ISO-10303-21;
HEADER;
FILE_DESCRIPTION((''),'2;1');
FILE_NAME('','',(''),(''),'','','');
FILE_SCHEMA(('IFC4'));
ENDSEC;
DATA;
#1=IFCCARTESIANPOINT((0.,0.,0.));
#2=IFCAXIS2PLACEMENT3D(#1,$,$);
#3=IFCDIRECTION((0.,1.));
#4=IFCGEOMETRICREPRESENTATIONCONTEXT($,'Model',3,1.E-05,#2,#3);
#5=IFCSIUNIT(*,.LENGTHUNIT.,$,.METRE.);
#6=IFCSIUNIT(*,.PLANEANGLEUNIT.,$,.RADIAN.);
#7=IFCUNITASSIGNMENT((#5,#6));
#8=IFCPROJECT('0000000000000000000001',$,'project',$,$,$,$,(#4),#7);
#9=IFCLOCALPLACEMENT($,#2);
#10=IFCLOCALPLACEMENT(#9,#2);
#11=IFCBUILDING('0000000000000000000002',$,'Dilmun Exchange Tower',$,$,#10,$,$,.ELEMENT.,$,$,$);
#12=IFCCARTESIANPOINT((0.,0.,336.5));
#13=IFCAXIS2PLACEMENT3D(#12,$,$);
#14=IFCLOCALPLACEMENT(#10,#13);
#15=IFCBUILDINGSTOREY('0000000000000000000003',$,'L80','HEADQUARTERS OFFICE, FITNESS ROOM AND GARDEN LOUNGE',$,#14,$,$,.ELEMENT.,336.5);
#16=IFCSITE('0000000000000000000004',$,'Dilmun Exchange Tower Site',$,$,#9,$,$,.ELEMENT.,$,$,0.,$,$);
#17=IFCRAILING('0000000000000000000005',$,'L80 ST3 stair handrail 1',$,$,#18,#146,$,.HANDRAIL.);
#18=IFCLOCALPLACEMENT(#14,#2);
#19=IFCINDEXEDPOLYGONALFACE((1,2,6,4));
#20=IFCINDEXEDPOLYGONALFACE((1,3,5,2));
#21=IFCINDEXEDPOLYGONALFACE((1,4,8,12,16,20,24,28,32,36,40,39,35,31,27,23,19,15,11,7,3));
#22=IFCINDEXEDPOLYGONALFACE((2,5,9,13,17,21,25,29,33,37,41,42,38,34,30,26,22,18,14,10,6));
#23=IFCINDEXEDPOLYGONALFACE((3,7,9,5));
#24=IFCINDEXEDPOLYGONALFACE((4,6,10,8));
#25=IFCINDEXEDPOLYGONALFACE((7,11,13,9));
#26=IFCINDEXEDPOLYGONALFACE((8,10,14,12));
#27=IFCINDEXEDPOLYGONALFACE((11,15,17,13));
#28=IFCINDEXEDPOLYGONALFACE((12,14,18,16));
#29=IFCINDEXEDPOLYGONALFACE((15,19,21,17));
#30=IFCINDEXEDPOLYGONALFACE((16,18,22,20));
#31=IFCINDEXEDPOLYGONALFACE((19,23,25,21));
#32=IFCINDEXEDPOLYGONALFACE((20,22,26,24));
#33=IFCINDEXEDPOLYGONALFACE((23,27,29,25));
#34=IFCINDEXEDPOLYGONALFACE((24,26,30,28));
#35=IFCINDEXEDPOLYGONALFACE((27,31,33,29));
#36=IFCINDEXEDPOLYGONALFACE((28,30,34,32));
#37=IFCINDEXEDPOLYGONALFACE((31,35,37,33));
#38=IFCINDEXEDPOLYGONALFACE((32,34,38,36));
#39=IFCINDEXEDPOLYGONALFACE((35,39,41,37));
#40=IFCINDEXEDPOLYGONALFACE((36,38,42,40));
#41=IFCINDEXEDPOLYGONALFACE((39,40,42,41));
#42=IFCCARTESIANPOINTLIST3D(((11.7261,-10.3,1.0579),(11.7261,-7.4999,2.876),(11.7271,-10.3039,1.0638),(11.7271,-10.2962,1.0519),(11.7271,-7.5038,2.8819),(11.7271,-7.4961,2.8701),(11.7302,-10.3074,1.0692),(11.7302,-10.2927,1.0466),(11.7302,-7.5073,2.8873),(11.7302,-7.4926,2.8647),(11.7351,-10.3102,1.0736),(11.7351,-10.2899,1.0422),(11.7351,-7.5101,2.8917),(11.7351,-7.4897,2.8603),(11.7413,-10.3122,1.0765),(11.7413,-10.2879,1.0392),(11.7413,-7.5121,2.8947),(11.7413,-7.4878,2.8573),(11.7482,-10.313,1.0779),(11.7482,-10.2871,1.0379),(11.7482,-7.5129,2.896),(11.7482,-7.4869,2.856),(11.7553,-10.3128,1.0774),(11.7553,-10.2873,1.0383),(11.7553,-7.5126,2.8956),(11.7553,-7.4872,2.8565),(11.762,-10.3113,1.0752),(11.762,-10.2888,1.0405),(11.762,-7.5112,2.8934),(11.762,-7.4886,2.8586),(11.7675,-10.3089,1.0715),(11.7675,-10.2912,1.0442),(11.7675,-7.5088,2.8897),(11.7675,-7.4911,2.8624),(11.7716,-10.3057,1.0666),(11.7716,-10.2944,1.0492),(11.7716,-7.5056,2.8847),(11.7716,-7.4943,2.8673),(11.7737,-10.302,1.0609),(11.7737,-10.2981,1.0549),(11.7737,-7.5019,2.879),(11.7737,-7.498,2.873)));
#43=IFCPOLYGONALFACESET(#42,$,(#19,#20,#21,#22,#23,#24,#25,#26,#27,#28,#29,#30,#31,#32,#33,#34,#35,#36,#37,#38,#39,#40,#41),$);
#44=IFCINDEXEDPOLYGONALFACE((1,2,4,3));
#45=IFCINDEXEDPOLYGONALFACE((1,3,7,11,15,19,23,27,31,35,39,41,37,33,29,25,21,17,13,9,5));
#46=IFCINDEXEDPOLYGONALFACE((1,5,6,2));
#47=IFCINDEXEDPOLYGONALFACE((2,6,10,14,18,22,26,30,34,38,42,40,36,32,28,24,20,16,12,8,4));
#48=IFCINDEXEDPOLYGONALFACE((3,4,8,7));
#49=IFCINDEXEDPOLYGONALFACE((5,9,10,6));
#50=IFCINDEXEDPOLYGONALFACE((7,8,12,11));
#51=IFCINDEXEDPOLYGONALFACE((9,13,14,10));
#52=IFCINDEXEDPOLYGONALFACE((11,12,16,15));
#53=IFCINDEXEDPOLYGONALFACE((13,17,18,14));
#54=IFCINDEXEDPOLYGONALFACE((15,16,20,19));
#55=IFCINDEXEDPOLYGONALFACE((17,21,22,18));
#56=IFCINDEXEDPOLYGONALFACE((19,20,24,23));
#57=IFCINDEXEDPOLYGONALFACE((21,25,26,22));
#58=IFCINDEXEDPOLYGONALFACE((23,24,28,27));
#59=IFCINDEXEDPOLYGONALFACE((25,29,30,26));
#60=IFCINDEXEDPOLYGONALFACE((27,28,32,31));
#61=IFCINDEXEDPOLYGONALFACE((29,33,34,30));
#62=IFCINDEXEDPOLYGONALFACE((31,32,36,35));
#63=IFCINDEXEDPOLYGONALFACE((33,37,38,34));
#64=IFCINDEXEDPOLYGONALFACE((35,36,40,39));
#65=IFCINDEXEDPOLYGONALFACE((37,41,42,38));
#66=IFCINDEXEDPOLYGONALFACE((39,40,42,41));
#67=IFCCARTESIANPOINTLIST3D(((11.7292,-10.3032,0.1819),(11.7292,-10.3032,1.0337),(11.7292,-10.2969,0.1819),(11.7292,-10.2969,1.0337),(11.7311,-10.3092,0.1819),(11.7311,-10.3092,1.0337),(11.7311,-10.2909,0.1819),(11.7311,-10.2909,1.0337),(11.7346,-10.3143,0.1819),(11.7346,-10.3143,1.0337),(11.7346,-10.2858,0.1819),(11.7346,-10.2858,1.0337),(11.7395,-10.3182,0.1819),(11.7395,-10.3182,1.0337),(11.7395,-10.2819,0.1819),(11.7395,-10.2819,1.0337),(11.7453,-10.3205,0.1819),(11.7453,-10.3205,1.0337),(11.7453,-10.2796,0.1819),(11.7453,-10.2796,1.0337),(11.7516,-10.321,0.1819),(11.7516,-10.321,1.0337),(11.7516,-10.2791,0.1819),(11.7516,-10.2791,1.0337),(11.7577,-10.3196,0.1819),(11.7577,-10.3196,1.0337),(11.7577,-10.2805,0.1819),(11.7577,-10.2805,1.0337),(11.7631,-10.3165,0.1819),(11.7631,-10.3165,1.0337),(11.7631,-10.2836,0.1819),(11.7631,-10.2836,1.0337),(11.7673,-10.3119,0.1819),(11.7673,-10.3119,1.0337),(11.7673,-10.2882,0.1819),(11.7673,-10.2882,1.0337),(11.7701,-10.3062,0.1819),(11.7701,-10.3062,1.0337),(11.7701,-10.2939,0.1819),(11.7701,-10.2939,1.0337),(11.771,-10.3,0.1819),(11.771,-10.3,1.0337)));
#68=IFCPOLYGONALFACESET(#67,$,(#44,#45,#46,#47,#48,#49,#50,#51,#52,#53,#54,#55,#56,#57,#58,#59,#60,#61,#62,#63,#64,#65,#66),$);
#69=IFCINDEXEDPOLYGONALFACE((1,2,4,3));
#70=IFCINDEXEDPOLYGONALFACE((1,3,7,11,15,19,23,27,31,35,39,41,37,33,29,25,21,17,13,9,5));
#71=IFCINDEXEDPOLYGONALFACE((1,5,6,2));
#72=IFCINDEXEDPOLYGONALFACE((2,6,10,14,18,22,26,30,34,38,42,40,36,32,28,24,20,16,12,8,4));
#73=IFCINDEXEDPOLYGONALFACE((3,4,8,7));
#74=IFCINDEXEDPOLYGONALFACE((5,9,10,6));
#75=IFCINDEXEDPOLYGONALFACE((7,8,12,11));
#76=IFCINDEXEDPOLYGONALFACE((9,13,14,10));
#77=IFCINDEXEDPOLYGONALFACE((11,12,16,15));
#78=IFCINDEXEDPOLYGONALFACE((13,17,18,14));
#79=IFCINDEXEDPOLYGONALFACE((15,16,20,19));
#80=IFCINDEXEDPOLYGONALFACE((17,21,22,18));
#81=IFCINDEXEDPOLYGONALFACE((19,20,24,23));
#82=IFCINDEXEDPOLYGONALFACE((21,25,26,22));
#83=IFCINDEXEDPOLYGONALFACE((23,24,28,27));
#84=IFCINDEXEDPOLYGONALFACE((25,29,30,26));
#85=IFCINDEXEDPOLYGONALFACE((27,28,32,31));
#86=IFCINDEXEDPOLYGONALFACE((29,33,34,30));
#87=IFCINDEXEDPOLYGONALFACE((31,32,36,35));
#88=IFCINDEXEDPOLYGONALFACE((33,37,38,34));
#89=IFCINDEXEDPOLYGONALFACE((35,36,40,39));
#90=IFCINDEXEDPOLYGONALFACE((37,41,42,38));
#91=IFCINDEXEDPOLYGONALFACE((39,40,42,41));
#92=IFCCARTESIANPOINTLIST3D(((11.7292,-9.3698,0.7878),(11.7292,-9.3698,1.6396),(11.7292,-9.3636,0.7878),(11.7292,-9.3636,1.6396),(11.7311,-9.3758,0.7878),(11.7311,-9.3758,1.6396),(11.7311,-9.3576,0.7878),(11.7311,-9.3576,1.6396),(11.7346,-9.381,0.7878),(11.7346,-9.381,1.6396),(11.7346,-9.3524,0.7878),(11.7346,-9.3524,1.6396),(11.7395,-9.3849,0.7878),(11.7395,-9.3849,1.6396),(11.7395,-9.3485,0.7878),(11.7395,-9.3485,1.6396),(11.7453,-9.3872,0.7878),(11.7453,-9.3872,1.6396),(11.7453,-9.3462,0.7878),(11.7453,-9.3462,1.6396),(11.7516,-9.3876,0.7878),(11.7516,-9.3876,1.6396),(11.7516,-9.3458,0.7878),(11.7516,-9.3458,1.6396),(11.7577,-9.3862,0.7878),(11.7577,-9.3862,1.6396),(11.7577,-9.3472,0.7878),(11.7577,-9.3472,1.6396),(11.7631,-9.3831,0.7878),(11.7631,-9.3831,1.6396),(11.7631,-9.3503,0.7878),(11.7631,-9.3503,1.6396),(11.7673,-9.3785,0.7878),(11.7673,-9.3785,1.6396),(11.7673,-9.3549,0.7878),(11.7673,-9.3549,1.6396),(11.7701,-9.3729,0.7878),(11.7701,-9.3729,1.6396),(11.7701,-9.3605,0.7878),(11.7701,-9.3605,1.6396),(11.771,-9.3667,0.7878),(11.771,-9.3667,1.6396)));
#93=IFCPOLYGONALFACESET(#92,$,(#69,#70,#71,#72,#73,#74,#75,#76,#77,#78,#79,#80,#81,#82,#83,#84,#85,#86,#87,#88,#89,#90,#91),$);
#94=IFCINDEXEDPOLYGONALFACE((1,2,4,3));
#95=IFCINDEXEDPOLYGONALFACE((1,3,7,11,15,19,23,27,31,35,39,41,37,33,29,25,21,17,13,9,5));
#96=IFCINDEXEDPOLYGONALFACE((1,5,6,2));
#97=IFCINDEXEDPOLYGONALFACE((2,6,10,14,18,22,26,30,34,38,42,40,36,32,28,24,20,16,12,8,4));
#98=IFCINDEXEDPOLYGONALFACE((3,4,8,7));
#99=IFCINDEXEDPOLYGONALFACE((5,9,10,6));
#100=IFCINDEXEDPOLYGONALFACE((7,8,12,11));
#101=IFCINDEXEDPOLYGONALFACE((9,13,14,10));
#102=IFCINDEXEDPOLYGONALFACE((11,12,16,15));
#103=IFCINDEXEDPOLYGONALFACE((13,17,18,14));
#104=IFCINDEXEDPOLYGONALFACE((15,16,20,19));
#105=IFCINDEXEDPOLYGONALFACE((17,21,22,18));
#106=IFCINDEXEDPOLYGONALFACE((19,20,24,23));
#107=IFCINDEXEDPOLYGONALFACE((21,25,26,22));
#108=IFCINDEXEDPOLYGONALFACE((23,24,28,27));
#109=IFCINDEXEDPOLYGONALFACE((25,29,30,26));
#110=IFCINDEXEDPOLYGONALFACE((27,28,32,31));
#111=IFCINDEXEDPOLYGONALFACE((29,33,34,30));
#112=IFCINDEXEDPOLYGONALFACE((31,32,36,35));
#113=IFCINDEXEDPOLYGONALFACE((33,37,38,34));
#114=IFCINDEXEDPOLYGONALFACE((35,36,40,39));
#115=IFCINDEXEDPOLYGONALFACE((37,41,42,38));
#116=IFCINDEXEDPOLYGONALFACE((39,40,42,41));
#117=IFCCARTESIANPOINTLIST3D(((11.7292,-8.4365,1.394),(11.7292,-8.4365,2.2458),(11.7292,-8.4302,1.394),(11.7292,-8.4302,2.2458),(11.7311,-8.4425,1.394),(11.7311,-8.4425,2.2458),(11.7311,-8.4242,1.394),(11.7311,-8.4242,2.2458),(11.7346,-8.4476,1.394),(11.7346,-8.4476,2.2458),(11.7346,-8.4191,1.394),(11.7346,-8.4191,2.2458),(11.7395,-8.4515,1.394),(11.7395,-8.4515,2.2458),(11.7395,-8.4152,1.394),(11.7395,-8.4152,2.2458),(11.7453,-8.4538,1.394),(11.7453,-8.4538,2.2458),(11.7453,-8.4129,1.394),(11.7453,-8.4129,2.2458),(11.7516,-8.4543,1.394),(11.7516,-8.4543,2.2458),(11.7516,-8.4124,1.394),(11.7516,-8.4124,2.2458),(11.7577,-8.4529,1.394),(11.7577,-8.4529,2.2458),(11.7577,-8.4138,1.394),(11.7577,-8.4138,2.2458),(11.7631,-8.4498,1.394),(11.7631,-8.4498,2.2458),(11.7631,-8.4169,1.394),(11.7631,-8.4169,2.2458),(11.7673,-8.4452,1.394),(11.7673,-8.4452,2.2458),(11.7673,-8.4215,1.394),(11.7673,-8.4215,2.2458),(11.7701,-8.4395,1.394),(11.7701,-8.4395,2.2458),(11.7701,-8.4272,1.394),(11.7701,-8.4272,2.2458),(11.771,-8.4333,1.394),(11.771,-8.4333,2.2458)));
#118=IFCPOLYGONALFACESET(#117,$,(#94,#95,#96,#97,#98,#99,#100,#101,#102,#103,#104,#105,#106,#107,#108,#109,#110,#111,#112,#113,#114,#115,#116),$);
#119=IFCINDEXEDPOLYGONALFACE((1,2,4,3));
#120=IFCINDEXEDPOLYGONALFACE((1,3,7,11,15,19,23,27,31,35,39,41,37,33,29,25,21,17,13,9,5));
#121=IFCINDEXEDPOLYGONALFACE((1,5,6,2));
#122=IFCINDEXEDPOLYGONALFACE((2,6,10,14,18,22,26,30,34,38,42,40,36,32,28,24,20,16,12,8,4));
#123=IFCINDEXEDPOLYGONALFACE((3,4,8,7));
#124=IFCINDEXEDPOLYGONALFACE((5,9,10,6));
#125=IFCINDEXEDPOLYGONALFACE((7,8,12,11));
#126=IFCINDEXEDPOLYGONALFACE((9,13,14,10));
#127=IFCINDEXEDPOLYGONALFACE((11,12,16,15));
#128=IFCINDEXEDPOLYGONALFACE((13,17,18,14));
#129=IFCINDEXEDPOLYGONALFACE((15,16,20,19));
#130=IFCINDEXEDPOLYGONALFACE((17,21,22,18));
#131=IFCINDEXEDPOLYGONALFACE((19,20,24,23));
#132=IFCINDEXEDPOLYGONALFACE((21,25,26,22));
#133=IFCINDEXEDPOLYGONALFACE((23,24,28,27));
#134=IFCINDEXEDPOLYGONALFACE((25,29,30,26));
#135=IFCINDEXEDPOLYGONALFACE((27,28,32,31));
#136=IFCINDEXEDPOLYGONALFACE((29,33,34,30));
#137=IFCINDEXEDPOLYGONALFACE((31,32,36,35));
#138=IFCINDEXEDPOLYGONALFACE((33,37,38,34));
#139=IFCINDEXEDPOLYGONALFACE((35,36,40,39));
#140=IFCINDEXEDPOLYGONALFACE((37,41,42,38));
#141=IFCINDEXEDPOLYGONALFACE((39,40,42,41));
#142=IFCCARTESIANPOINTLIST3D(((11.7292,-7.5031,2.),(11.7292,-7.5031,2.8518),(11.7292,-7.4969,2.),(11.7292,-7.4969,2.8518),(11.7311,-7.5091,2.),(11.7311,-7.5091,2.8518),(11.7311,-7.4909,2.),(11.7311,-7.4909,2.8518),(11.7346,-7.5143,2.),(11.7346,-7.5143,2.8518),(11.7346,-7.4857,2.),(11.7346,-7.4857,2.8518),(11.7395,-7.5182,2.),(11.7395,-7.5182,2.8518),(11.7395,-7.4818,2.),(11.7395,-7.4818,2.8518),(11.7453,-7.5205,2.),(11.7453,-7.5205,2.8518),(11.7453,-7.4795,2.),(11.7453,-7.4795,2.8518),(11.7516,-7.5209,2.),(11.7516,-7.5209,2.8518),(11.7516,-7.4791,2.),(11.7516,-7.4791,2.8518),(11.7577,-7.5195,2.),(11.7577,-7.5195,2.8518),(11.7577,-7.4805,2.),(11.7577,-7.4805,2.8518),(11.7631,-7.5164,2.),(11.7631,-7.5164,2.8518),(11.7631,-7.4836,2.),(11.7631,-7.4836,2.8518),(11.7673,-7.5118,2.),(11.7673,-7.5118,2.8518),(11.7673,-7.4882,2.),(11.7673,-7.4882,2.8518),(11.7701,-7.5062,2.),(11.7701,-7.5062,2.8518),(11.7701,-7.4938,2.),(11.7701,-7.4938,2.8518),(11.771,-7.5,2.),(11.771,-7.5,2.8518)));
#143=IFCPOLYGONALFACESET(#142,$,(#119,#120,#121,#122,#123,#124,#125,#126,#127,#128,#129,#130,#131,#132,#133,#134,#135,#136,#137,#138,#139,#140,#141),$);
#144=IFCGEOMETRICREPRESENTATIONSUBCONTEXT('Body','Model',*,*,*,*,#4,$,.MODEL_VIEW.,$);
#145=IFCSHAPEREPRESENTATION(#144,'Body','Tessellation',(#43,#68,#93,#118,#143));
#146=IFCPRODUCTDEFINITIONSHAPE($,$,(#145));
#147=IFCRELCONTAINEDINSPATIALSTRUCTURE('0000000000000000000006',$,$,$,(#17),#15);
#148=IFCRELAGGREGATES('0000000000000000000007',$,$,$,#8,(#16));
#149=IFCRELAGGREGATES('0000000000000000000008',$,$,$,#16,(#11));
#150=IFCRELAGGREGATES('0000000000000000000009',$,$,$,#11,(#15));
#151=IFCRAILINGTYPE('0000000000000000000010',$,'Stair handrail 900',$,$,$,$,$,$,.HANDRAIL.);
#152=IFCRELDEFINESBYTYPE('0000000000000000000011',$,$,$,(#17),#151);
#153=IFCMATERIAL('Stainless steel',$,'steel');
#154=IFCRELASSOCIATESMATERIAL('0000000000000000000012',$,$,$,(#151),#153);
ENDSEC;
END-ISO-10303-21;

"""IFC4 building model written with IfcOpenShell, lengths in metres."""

from ifc_helpers import new_model, si_unit, direction, frame, origin, origin_2d, place, context, subcontext, project, spatial, circle, extrude, material, type_object, element, save


model = new_model("IFC4")

# Units and contexts
model_context = context("Model", 3, precision=1e-05, world=origin(), true_north=direction((0.0, 1.0)))
body_context = subcontext(model_context, "Body", "Model", "MODEL_VIEW")
ifc_project = project(units=[si_unit("LENGTHUNIT", "METRE"), si_unit("PLANEANGLEUNIT", "RADIAN")], contexts=[model_context])

# Site, building, storey
site_placement = place(None, origin())
site = spatial("IfcSite", under=ifc_project, at=site_placement, Name="Dilmun Exchange Tower Site", CompositionType="ELEMENT", RefElevation=0.0)
building_placement = place(site_placement, origin())
building = spatial("IfcBuilding", under=site, at=building_placement, Name="Dilmun Exchange Tower", CompositionType="ELEMENT")
storey_placement = place(building_placement, frame((0.0, 0.0, 336.5)))
storey = spatial("IfcBuildingStorey", under=building, at=storey_placement, Name="L80", Description="HEADQUARTERS OFFICE, FITNESS ROOM AND GARDEN LOUNGE", CompositionType="ELEMENT", Elevation=336.5)

# Railing
ifc_material_1 = material(Name="Stainless steel", Category="steel")
railing_type = type_object("IfcRailingType", Name="Stair handrail 900", PredefinedType="HANDRAIL", material=ifc_material_1)
railing_placement = place(storey_placement, frame((11.75, -10.3, 0.1819)))
element("IfcRailing", 1, at=railing_placement, inside=storey, type_object=railing_type, Name="L80 ST3 stair handrail 1", PredefinedType="HANDRAIL", context=body_context, shape_type="SweptSolid", body=[
    extrude(circle(Radius=0.0239, at=origin_2d()), frame((0.0, 0.0, 0.876), z_axis=(0.0, 0.838706, 0.544585), x_axis=(-1.0, 0.0, 0.0)), (0.0, 0.0, 1.0), 3.3386),
    extrude(circle(Radius=0.021, at=origin_2d()), origin(), (0.0, 0.0, 1.0), 0.8518),
    extrude(circle(Radius=0.021, at=origin_2d()), frame((0.0, 0.9333, 0.606)), (0.0, 0.0, 1.0), 0.8518),
    extrude(circle(Radius=0.021, at=origin_2d()), frame((0.0, 1.8667, 1.2122)), (0.0, 0.0, 1.0), 0.8518),
    extrude(circle(Radius=0.021, at=origin_2d()), frame((0.0, 2.8, 1.8181)), (0.0, 0.0, 1.0), 0.8518),
])

save(model, "model.ifc")
